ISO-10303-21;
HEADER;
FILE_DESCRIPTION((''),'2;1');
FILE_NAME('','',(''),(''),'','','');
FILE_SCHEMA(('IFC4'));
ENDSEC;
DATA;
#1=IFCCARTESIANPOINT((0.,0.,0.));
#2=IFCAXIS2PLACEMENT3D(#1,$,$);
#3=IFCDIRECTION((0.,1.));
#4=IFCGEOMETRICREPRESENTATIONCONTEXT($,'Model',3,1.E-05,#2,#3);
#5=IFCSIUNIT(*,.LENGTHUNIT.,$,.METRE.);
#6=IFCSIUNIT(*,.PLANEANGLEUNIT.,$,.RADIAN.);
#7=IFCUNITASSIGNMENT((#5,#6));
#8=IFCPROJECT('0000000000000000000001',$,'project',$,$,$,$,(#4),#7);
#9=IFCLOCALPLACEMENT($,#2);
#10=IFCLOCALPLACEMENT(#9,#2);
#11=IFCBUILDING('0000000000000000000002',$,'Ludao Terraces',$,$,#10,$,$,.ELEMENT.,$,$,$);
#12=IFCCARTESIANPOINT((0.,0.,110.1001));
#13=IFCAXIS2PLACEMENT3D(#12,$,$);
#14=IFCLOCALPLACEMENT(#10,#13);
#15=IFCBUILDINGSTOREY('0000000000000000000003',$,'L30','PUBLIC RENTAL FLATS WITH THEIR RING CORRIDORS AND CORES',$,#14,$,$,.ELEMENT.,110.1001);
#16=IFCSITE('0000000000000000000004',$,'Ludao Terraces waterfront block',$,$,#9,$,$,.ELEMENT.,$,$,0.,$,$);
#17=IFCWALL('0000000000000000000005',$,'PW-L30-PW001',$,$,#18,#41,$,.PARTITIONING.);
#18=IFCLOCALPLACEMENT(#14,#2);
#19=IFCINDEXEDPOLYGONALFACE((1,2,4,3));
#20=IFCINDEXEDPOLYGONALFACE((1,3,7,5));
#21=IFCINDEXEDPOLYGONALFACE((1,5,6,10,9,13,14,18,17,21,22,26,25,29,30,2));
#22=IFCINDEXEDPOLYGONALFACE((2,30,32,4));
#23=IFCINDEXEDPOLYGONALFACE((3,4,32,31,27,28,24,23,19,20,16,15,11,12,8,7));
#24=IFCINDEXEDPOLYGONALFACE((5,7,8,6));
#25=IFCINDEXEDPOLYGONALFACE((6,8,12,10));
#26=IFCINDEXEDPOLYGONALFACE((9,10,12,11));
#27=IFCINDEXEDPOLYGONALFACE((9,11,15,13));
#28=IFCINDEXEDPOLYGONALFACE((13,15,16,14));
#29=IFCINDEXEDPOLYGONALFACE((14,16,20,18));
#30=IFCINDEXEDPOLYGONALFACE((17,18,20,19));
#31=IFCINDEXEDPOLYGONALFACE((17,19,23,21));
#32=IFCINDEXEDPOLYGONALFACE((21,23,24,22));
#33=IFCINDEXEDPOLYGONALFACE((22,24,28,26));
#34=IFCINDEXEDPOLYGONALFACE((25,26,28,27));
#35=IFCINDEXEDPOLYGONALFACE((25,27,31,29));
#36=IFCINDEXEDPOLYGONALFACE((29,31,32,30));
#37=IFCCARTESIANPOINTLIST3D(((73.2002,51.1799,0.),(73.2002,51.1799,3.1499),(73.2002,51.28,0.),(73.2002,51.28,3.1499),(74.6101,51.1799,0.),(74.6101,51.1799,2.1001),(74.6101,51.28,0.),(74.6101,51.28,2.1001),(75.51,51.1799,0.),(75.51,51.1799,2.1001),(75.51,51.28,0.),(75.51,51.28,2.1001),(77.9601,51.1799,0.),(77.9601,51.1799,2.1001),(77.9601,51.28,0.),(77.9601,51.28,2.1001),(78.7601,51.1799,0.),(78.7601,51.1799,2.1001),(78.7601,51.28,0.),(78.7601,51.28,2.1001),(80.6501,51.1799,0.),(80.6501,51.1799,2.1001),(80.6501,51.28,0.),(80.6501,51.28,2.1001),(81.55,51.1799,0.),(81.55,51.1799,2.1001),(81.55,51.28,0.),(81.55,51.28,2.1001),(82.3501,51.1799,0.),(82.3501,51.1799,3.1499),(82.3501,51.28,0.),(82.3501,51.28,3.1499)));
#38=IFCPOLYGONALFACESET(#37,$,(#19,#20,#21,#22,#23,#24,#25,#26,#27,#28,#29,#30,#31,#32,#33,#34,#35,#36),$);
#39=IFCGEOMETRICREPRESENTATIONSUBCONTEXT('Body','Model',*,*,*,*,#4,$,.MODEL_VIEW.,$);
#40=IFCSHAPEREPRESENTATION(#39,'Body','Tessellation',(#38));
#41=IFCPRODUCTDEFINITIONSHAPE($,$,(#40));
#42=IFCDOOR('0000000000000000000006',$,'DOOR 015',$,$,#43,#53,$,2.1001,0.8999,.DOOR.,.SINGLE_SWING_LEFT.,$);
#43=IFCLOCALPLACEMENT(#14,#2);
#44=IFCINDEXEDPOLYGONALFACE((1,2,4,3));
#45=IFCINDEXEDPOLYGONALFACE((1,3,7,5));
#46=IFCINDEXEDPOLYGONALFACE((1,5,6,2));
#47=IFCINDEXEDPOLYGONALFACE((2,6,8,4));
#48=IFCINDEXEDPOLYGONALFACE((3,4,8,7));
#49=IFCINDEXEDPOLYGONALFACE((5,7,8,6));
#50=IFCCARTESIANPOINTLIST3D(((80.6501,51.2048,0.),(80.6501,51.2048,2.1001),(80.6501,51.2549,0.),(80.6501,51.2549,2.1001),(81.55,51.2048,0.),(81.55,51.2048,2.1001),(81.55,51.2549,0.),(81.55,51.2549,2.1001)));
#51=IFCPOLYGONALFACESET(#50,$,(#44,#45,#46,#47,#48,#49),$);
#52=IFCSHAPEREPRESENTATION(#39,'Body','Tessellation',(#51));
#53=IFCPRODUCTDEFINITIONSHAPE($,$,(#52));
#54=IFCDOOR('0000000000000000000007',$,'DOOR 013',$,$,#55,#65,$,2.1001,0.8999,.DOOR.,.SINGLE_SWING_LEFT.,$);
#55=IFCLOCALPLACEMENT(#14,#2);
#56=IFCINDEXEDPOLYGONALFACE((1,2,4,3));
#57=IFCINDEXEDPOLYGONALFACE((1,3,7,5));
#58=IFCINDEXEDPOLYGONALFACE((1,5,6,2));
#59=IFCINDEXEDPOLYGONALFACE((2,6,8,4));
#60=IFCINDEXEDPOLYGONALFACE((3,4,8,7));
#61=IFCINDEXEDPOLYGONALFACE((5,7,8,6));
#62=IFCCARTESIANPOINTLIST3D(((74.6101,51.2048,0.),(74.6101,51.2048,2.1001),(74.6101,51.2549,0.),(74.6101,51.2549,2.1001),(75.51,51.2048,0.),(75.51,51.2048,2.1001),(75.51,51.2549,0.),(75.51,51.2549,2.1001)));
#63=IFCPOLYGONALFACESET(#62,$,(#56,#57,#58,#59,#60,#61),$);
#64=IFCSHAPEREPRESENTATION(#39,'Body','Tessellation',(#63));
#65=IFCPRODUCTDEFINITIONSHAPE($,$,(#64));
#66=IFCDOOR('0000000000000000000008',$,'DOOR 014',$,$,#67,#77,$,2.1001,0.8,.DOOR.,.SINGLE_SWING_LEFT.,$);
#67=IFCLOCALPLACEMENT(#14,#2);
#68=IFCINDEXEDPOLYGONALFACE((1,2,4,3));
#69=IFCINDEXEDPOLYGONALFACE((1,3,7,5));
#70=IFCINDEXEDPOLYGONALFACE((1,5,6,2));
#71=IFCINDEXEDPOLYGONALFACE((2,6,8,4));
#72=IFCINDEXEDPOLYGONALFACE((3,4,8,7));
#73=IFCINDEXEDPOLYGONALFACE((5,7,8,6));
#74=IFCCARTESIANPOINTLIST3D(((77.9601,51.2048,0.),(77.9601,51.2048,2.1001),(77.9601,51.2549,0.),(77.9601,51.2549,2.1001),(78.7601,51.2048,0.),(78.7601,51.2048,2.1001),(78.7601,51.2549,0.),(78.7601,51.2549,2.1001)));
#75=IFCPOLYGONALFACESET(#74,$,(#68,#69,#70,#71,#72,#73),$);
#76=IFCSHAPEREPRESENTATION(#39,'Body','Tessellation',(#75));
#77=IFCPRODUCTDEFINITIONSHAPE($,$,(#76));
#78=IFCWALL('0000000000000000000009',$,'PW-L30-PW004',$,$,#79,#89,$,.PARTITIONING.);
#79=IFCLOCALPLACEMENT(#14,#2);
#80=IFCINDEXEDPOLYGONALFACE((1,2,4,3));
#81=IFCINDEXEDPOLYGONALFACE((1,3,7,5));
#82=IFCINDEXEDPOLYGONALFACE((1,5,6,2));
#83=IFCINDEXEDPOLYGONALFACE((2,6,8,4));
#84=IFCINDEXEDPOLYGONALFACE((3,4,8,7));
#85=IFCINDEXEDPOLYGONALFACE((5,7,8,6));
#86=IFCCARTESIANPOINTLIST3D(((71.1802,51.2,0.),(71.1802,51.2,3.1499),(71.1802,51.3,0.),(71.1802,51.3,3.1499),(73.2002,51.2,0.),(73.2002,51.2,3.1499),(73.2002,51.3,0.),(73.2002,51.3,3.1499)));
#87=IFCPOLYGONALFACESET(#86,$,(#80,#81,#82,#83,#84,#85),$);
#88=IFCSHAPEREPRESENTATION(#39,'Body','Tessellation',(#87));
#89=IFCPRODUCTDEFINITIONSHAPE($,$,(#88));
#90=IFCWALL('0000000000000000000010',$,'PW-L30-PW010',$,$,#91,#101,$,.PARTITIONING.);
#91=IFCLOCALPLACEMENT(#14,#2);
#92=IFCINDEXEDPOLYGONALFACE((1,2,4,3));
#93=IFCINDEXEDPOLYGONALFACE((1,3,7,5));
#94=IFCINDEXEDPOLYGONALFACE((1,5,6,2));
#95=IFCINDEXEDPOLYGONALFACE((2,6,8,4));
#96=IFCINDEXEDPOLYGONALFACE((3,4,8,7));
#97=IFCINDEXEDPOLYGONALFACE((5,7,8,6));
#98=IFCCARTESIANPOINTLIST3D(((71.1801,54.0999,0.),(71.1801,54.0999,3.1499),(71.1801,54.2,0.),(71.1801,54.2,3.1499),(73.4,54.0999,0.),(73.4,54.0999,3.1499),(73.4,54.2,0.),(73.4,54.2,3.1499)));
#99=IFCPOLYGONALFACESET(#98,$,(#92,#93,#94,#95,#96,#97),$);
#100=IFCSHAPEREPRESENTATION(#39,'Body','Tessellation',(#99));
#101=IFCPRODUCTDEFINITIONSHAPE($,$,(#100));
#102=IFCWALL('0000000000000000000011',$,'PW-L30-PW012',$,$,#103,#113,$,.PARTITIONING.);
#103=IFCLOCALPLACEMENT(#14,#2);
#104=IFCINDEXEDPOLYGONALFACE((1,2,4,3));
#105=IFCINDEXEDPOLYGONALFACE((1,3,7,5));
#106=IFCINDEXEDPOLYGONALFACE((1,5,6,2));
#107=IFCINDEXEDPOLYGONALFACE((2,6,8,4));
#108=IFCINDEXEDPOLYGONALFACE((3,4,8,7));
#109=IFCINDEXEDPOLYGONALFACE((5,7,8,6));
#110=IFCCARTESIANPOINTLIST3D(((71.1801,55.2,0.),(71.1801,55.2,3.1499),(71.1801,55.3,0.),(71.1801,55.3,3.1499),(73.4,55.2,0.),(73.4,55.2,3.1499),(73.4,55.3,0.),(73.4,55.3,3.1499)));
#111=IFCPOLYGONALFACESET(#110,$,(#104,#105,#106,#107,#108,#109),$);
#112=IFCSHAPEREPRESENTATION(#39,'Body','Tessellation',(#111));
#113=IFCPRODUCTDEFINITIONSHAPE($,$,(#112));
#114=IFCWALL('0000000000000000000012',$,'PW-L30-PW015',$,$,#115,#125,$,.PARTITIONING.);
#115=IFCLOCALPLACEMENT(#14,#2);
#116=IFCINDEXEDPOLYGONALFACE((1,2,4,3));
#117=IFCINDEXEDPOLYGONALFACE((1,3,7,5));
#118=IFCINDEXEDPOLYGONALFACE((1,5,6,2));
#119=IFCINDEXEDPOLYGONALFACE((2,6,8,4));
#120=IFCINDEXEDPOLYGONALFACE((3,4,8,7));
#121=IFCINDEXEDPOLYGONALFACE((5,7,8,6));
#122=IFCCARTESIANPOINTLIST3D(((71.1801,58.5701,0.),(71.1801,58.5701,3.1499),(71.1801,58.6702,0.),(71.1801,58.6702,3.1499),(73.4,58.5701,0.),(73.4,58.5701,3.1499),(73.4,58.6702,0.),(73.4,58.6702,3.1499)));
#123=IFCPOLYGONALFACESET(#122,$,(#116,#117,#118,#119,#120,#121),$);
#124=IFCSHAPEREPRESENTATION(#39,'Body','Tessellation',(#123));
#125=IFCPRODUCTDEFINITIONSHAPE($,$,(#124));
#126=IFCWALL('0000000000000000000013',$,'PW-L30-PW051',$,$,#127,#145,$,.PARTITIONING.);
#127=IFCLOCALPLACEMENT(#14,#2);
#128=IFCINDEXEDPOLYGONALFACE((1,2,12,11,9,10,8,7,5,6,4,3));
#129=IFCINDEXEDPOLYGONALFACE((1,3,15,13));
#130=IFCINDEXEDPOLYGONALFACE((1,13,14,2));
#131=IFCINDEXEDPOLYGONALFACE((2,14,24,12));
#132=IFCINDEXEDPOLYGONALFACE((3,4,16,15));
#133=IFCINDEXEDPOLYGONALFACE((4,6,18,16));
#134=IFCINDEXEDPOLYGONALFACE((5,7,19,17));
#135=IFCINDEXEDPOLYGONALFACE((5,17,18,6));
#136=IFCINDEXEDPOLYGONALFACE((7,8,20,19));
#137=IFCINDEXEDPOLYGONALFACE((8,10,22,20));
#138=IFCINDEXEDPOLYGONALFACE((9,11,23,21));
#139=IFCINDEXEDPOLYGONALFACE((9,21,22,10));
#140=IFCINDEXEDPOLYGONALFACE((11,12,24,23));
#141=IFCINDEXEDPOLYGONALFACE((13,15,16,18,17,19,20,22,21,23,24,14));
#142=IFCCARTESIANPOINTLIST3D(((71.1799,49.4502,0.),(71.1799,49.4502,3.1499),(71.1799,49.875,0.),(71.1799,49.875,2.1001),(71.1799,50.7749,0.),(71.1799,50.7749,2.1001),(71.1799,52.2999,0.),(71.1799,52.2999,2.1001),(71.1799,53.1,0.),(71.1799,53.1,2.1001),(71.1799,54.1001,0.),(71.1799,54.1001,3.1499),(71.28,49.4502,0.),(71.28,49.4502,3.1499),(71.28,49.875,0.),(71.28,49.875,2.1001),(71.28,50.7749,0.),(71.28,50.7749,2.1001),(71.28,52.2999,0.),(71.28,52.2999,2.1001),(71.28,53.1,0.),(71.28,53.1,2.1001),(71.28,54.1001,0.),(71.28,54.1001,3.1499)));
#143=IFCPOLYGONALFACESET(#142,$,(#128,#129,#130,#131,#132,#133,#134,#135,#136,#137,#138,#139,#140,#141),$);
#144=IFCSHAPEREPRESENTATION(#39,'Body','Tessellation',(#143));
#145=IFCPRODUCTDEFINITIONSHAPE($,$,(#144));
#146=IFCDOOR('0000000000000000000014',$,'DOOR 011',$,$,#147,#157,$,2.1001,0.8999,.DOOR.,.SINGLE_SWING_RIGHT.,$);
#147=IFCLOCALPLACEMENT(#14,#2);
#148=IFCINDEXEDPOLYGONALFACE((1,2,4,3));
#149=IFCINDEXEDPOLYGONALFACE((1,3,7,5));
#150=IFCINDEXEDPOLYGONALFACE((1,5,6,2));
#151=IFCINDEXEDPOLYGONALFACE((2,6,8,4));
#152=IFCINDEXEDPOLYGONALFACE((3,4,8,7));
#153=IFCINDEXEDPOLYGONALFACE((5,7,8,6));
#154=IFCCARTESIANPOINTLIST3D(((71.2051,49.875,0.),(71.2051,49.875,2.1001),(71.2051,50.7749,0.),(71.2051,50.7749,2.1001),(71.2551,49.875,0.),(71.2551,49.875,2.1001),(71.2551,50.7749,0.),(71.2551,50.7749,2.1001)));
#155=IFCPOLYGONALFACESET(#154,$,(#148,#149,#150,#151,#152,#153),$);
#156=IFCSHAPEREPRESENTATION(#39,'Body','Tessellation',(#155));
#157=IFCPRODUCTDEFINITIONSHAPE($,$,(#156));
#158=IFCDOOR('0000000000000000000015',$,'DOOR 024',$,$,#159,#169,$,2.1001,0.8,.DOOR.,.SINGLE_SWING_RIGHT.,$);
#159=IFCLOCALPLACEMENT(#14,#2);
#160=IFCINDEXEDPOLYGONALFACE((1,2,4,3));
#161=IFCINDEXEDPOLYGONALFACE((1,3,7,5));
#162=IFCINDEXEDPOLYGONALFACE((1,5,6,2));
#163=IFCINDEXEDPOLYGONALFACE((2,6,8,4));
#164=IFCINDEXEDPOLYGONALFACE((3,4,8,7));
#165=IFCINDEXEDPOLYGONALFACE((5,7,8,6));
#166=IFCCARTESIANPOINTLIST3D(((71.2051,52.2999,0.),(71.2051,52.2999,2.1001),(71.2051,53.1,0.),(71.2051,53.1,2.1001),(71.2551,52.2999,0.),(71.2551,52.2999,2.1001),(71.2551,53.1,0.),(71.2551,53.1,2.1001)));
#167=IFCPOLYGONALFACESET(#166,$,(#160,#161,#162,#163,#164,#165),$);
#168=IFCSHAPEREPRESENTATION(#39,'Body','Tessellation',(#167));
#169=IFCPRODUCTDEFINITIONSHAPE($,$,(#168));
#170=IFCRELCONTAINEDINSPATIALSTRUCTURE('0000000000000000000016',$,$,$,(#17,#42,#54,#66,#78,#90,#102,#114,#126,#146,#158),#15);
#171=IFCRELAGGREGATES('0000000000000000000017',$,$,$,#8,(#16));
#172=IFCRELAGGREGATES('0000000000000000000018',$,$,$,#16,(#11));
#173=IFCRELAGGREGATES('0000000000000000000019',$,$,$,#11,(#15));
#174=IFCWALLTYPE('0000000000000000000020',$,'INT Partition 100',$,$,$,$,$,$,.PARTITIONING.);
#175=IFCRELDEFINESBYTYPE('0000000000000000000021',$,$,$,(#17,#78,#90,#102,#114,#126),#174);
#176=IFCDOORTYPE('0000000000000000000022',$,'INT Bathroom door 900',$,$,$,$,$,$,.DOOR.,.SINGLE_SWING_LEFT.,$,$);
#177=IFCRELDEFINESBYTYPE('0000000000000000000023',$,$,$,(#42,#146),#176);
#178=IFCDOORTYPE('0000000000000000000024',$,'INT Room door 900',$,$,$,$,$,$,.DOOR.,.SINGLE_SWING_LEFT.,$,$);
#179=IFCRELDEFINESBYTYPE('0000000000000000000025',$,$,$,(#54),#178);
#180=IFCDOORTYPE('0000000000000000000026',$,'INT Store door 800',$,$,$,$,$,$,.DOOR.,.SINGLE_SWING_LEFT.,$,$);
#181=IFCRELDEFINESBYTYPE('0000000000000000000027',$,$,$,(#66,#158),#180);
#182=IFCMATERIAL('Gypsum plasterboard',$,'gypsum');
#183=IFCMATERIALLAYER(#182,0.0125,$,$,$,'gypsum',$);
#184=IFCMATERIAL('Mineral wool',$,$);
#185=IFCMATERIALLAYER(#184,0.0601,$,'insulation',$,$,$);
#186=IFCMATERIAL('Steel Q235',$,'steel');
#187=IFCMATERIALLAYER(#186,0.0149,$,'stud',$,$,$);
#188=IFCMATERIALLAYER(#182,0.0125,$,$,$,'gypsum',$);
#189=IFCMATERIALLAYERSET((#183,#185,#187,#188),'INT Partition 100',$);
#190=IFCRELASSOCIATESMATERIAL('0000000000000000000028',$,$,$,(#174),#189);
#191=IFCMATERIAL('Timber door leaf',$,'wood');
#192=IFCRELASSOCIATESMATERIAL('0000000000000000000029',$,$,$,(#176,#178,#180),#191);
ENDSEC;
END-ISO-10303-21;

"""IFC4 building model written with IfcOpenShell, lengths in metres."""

from ifc_helpers import new_model, si_unit, direction, frame, frame_2d, origin, place, context, subcontext, project, spatial, rectangle, extrude, material, layer, layer_set, type_object, element, fill, save


model = new_model("IFC4")

# Units and contexts
model_context = context("Model", 3, precision=1e-05, world=origin(), true_north=direction((0.0, 1.0)))
body_context = subcontext(model_context, "Body", "Model", "MODEL_VIEW")
ifc_project = project(units=[si_unit("LENGTHUNIT", "METRE"), si_unit("PLANEANGLEUNIT", "RADIAN")], contexts=[model_context])

# Site, building, storey
site_placement = place(None, origin())
site = spatial("IfcSite", under=ifc_project, at=site_placement, Name="Ludao Terraces waterfront block", CompositionType="ELEMENT", RefElevation=0.0)
building_placement = place(site_placement, origin())
building = spatial("IfcBuilding", under=site, at=building_placement, Name="Ludao Terraces", CompositionType="ELEMENT")
storey_placement = place(building_placement, frame((0.0, 0.0, 110.1001)))
storey = spatial("IfcBuildingStorey", under=building, at=storey_placement, Name="L30", Description="PUBLIC RENTAL FLATS WITH THEIR RING CORRIDORS AND CORES", CompositionType="ELEMENT", Elevation=110.1001)

# Wall, openings, doors
ifc_material_1 = material(Name="Steel Q235", Category="steel")
ifc_material_2 = material(Name="Gypsum plasterboard", Category="gypsum")
ifc_layer_1 = layer(ifc_material_2, 0.0125, Category="gypsum")
ifc_material_3 = material(Name="Mineral wool")
ifc_layer_2 = layer(ifc_material_3, 0.0601, Name="insulation")
ifc_layer_3 = layer(ifc_material_1, 0.0149, Name="stud")
ifc_layer_4 = layer(ifc_material_2, 0.0125, Category="gypsum")
ifc_layer_set_1 = layer_set([ifc_layer_1, ifc_layer_2, ifc_layer_3, ifc_layer_4], Name="INT Partition 100")
wall_type_1 = type_object("IfcWallType", Name="INT Partition 100", PredefinedType="PARTITIONING", material=ifc_layer_set_1)
wall_1_placement = place(storey_placement, frame((73.2002, 51.23, 0.0), z_axis=(0.0, 0.0, 1.0), x_axis=(1.0, 0.0, 0.0)))
wall_1 = element("IfcWall", 1, at=wall_1_placement, inside=storey, type_object=wall_type_1, Name="PW-L30-PW001", PredefinedType="PARTITIONING", context=body_context, shape_type="SweptSolid", body=[
    extrude(rectangle(XDim=9.1499, YDim=0.1001, at=frame_2d((4.575, 0.0))), origin(), (0.0, 0.0, 1.0), 3.1499),
])
opening_1_placement = place(wall_1_placement, frame((1.4099, 0.0, 0.0)))
opening_1 = element("IfcOpeningElement", 2, at=opening_1_placement, cuts=wall_1, PredefinedType="OPENING", context=body_context, shape_type="SweptSolid", body=[
    extrude(rectangle(XDim=0.8999, YDim=2.1001, at=frame_2d((0.45, 1.05))), frame((0.0, 0.0601, 0.0), z_axis=(0.0, -1.0, 0.0), x_axis=(1.0, 0.0, 0.0)), (0.0, 0.0, 1.0), 0.1201),
])
opening_2_placement = place(wall_1_placement, frame((4.76, 0.0, 0.0)))
opening_2 = element("IfcOpeningElement", 3, at=opening_2_placement, cuts=wall_1, PredefinedType="OPENING", context=body_context, shape_type="SweptSolid", body=[
    extrude(rectangle(XDim=0.8, YDim=2.1001, at=frame_2d((0.3999, 1.05))), frame((0.0, 0.0601, 0.0), z_axis=(0.0, -1.0, 0.0), x_axis=(1.0, 0.0, 0.0)), (0.0, 0.0, 1.0), 0.1201),
])
opening_3_placement = place(wall_1_placement, frame((7.45, 0.0, 0.0)))
opening_3 = element("IfcOpeningElement", 4, at=opening_3_placement, cuts=wall_1, PredefinedType="OPENING", context=body_context, shape_type="SweptSolid", body=[
    extrude(rectangle(XDim=0.8999, YDim=2.1001, at=frame_2d((0.45, 1.05))), frame((0.0, 0.0601, 0.0), z_axis=(0.0, -1.0, 0.0), x_axis=(1.0, 0.0, 0.0)), (0.0, 0.0, 1.0), 0.1201),
])
ifc_material_4 = material(Name="Timber door leaf", Category="wood")
door_type_1 = type_object("IfcDoorType", Name="INT Bathroom door 900", OperationType="SINGLE_SWING_LEFT", PredefinedType="DOOR", material=ifc_material_4)
door_1_placement = place(opening_3_placement, origin())
door_1 = element("IfcDoor", 5, at=door_1_placement, inside=storey, type_object=door_type_1, Name="DOOR 015", OperationType="SINGLE_SWING_LEFT", OverallHeight=2.1001, OverallWidth=0.8999, PredefinedType="DOOR", context=body_context, shape_type="SweptSolid", body=[
    extrude(rectangle(XDim=0.8999, YDim=2.1001, at=frame_2d((0.45, 1.05))), frame((0.0, 0.0249, 0.0), z_axis=(0.0, -1.0, 0.0), x_axis=(1.0, 0.0, 0.0)), (0.0, 0.0, 1.0), 0.05),
])
fill(opening_3, door_1)
door_type_2 = type_object("IfcDoorType", Name="INT Room door 900", OperationType="SINGLE_SWING_LEFT", PredefinedType="DOOR", material=ifc_material_4)
door_2_placement = place(opening_1_placement, origin())
door_2 = element("IfcDoor", 6, at=door_2_placement, inside=storey, type_object=door_type_2, Name="DOOR 013", OperationType="SINGLE_SWING_LEFT", OverallHeight=2.1001, OverallWidth=0.8999, PredefinedType="DOOR", context=body_context, shape_type="SweptSolid", body=[
    extrude(rectangle(XDim=0.8999, YDim=2.1001, at=frame_2d((0.45, 1.05))), frame((0.0, 0.0249, 0.0), z_axis=(0.0, -1.0, 0.0), x_axis=(1.0, 0.0, 0.0)), (0.0, 0.0, 1.0), 0.05),
])
fill(opening_1, door_2)
door_type_3 = type_object("IfcDoorType", Name="INT Store door 800", OperationType="SINGLE_SWING_LEFT", PredefinedType="DOOR", material=ifc_material_4)
door_3_placement = place(opening_2_placement, origin())
door_3 = element("IfcDoor", 7, at=door_3_placement, inside=storey, type_object=door_type_3, Name="DOOR 014", OperationType="SINGLE_SWING_LEFT", OverallHeight=2.1001, OverallWidth=0.8, PredefinedType="DOOR", context=body_context, shape_type="SweptSolid", body=[
    extrude(rectangle(XDim=0.8, YDim=2.1001, at=frame_2d((0.3999, 1.05))), frame((0.0, 0.0249, 0.0), z_axis=(0.0, -1.0, 0.0), x_axis=(1.0, 0.0, 0.0)), (0.0, 0.0, 1.0), 0.05),
])
fill(opening_2, door_3)

# Walls
wall_2_placement = place(storey_placement, frame((71.1802, 51.25, 0.0), z_axis=(0.0, 0.0, 1.0), x_axis=(1.0, 0.0, 0.0)))
element("IfcWall", 8, at=wall_2_placement, inside=storey, type_object=wall_type_1, Name="PW-L30-PW004", PredefinedType="PARTITIONING", context=body_context, shape_type="SweptSolid", body=[
    extrude(rectangle(XDim=2.02, YDim=0.1001, at=frame_2d((1.01, 0.0))), origin(), (0.0, 0.0, 1.0), 3.1499),
])
for number, where, z_axis, x_axis, name in (
    (9, (71.1802, 54.1499, 0.0), (0.0, 0.0, 1.0), (1.0, 0.0, 0.0), "PW-L30-PW010"),
    (10, (71.1802, 55.25, 0.0), (0.0, 0.0, 1.0), (1.0, 0.0, 0.0), "PW-L30-PW012"),
    (11, (71.1802, 58.6201, 0.0), (0.0, 0.0, 1.0), (1.0, 0.0, 0.0), "PW-L30-PW015"),
):
    element("IfcWall", number, at=place(storey_placement, frame(where, z_axis=z_axis, x_axis=x_axis)), inside=storey, type_object=wall_type_1, Name=name, PredefinedType="PARTITIONING", context=body_context, shape_type="SweptSolid", body=[
        extrude(rectangle(XDim=2.22, YDim=0.1001, at=frame_2d((1.1099, 0.0))), origin(), (0.0, 0.0, 1.0), 3.1499),
    ])

# Wall, openings, doors
wall_3_placement = place(storey_placement, frame((71.23, 49.4502, 0.0), z_axis=(0.0, 0.0, 1.0), x_axis=(0.0, 1.0, 0.0)))
wall_3 = element("IfcWall", 12, at=wall_3_placement, inside=storey, type_object=wall_type_1, Name="PW-L30-PW051", PredefinedType="PARTITIONING", context=body_context, shape_type="SweptSolid", body=[
    extrude(rectangle(XDim=4.6499, YDim=0.1001, at=frame_2d((2.325, 0.0))), origin(), (0.0, 0.0, 1.0), 3.1499),
])
opening_4_placement = place(wall_3_placement, frame((0.4248, 0.0, 0.0)))
opening_4 = element("IfcOpeningElement", 13, at=opening_4_placement, cuts=wall_3, PredefinedType="OPENING", context=body_context, shape_type="SweptSolid", body=[
    extrude(rectangle(XDim=0.8999, YDim=2.1001, at=frame_2d((0.45, 1.05))), frame((0.0, 0.0601, 0.0), z_axis=(0.0, -1.0, 0.0), x_axis=(1.0, 0.0, 0.0)), (0.0, 0.0, 1.0), 0.1201),
])
opening_5_placement = place(wall_3_placement, frame((2.8499, 0.0, 0.0)))
opening_5 = element("IfcOpeningElement", 14, at=opening_5_placement, cuts=wall_3, PredefinedType="OPENING", context=body_context, shape_type="SweptSolid", body=[
    extrude(rectangle(XDim=0.8, YDim=2.1001, at=frame_2d((0.3999, 1.05))), frame((0.0, 0.0601, 0.0), z_axis=(0.0, -1.0, 0.0), x_axis=(1.0, 0.0, 0.0)), (0.0, 0.0, 1.0), 0.1201),
])
door_4_placement = place(opening_4_placement, origin())
door_4 = element("IfcDoor", 15, at=door_4_placement, inside=storey, type_object=door_type_1, Name="DOOR 011", OperationType="SINGLE_SWING_RIGHT", OverallHeight=2.1001, OverallWidth=0.8999, PredefinedType="DOOR", context=body_context, shape_type="SweptSolid", body=[
    extrude(rectangle(XDim=0.8999, YDim=2.1001, at=frame_2d((0.45, 1.05))), frame((0.0, 0.0249, 0.0), z_axis=(0.0, -1.0, 0.0), x_axis=(1.0, 0.0, 0.0)), (0.0, 0.0, 1.0), 0.05),
])
fill(opening_4, door_4)
door_5_placement = place(opening_5_placement, origin())
door_5 = element("IfcDoor", 16, at=door_5_placement, inside=storey, type_object=door_type_3, Name="DOOR 024", OperationType="SINGLE_SWING_RIGHT", OverallHeight=2.1001, OverallWidth=0.8, PredefinedType="DOOR", context=body_context, shape_type="SweptSolid", body=[
    extrude(rectangle(XDim=0.8, YDim=2.1001, at=frame_2d((0.3999, 1.05))), frame((0.0, 0.0249, 0.0), z_axis=(0.0, -1.0, 0.0), x_axis=(1.0, 0.0, 0.0)), (0.0, 0.0, 1.0), 0.05),
])
fill(opening_5, door_5)

save(model, "model.ifc")
